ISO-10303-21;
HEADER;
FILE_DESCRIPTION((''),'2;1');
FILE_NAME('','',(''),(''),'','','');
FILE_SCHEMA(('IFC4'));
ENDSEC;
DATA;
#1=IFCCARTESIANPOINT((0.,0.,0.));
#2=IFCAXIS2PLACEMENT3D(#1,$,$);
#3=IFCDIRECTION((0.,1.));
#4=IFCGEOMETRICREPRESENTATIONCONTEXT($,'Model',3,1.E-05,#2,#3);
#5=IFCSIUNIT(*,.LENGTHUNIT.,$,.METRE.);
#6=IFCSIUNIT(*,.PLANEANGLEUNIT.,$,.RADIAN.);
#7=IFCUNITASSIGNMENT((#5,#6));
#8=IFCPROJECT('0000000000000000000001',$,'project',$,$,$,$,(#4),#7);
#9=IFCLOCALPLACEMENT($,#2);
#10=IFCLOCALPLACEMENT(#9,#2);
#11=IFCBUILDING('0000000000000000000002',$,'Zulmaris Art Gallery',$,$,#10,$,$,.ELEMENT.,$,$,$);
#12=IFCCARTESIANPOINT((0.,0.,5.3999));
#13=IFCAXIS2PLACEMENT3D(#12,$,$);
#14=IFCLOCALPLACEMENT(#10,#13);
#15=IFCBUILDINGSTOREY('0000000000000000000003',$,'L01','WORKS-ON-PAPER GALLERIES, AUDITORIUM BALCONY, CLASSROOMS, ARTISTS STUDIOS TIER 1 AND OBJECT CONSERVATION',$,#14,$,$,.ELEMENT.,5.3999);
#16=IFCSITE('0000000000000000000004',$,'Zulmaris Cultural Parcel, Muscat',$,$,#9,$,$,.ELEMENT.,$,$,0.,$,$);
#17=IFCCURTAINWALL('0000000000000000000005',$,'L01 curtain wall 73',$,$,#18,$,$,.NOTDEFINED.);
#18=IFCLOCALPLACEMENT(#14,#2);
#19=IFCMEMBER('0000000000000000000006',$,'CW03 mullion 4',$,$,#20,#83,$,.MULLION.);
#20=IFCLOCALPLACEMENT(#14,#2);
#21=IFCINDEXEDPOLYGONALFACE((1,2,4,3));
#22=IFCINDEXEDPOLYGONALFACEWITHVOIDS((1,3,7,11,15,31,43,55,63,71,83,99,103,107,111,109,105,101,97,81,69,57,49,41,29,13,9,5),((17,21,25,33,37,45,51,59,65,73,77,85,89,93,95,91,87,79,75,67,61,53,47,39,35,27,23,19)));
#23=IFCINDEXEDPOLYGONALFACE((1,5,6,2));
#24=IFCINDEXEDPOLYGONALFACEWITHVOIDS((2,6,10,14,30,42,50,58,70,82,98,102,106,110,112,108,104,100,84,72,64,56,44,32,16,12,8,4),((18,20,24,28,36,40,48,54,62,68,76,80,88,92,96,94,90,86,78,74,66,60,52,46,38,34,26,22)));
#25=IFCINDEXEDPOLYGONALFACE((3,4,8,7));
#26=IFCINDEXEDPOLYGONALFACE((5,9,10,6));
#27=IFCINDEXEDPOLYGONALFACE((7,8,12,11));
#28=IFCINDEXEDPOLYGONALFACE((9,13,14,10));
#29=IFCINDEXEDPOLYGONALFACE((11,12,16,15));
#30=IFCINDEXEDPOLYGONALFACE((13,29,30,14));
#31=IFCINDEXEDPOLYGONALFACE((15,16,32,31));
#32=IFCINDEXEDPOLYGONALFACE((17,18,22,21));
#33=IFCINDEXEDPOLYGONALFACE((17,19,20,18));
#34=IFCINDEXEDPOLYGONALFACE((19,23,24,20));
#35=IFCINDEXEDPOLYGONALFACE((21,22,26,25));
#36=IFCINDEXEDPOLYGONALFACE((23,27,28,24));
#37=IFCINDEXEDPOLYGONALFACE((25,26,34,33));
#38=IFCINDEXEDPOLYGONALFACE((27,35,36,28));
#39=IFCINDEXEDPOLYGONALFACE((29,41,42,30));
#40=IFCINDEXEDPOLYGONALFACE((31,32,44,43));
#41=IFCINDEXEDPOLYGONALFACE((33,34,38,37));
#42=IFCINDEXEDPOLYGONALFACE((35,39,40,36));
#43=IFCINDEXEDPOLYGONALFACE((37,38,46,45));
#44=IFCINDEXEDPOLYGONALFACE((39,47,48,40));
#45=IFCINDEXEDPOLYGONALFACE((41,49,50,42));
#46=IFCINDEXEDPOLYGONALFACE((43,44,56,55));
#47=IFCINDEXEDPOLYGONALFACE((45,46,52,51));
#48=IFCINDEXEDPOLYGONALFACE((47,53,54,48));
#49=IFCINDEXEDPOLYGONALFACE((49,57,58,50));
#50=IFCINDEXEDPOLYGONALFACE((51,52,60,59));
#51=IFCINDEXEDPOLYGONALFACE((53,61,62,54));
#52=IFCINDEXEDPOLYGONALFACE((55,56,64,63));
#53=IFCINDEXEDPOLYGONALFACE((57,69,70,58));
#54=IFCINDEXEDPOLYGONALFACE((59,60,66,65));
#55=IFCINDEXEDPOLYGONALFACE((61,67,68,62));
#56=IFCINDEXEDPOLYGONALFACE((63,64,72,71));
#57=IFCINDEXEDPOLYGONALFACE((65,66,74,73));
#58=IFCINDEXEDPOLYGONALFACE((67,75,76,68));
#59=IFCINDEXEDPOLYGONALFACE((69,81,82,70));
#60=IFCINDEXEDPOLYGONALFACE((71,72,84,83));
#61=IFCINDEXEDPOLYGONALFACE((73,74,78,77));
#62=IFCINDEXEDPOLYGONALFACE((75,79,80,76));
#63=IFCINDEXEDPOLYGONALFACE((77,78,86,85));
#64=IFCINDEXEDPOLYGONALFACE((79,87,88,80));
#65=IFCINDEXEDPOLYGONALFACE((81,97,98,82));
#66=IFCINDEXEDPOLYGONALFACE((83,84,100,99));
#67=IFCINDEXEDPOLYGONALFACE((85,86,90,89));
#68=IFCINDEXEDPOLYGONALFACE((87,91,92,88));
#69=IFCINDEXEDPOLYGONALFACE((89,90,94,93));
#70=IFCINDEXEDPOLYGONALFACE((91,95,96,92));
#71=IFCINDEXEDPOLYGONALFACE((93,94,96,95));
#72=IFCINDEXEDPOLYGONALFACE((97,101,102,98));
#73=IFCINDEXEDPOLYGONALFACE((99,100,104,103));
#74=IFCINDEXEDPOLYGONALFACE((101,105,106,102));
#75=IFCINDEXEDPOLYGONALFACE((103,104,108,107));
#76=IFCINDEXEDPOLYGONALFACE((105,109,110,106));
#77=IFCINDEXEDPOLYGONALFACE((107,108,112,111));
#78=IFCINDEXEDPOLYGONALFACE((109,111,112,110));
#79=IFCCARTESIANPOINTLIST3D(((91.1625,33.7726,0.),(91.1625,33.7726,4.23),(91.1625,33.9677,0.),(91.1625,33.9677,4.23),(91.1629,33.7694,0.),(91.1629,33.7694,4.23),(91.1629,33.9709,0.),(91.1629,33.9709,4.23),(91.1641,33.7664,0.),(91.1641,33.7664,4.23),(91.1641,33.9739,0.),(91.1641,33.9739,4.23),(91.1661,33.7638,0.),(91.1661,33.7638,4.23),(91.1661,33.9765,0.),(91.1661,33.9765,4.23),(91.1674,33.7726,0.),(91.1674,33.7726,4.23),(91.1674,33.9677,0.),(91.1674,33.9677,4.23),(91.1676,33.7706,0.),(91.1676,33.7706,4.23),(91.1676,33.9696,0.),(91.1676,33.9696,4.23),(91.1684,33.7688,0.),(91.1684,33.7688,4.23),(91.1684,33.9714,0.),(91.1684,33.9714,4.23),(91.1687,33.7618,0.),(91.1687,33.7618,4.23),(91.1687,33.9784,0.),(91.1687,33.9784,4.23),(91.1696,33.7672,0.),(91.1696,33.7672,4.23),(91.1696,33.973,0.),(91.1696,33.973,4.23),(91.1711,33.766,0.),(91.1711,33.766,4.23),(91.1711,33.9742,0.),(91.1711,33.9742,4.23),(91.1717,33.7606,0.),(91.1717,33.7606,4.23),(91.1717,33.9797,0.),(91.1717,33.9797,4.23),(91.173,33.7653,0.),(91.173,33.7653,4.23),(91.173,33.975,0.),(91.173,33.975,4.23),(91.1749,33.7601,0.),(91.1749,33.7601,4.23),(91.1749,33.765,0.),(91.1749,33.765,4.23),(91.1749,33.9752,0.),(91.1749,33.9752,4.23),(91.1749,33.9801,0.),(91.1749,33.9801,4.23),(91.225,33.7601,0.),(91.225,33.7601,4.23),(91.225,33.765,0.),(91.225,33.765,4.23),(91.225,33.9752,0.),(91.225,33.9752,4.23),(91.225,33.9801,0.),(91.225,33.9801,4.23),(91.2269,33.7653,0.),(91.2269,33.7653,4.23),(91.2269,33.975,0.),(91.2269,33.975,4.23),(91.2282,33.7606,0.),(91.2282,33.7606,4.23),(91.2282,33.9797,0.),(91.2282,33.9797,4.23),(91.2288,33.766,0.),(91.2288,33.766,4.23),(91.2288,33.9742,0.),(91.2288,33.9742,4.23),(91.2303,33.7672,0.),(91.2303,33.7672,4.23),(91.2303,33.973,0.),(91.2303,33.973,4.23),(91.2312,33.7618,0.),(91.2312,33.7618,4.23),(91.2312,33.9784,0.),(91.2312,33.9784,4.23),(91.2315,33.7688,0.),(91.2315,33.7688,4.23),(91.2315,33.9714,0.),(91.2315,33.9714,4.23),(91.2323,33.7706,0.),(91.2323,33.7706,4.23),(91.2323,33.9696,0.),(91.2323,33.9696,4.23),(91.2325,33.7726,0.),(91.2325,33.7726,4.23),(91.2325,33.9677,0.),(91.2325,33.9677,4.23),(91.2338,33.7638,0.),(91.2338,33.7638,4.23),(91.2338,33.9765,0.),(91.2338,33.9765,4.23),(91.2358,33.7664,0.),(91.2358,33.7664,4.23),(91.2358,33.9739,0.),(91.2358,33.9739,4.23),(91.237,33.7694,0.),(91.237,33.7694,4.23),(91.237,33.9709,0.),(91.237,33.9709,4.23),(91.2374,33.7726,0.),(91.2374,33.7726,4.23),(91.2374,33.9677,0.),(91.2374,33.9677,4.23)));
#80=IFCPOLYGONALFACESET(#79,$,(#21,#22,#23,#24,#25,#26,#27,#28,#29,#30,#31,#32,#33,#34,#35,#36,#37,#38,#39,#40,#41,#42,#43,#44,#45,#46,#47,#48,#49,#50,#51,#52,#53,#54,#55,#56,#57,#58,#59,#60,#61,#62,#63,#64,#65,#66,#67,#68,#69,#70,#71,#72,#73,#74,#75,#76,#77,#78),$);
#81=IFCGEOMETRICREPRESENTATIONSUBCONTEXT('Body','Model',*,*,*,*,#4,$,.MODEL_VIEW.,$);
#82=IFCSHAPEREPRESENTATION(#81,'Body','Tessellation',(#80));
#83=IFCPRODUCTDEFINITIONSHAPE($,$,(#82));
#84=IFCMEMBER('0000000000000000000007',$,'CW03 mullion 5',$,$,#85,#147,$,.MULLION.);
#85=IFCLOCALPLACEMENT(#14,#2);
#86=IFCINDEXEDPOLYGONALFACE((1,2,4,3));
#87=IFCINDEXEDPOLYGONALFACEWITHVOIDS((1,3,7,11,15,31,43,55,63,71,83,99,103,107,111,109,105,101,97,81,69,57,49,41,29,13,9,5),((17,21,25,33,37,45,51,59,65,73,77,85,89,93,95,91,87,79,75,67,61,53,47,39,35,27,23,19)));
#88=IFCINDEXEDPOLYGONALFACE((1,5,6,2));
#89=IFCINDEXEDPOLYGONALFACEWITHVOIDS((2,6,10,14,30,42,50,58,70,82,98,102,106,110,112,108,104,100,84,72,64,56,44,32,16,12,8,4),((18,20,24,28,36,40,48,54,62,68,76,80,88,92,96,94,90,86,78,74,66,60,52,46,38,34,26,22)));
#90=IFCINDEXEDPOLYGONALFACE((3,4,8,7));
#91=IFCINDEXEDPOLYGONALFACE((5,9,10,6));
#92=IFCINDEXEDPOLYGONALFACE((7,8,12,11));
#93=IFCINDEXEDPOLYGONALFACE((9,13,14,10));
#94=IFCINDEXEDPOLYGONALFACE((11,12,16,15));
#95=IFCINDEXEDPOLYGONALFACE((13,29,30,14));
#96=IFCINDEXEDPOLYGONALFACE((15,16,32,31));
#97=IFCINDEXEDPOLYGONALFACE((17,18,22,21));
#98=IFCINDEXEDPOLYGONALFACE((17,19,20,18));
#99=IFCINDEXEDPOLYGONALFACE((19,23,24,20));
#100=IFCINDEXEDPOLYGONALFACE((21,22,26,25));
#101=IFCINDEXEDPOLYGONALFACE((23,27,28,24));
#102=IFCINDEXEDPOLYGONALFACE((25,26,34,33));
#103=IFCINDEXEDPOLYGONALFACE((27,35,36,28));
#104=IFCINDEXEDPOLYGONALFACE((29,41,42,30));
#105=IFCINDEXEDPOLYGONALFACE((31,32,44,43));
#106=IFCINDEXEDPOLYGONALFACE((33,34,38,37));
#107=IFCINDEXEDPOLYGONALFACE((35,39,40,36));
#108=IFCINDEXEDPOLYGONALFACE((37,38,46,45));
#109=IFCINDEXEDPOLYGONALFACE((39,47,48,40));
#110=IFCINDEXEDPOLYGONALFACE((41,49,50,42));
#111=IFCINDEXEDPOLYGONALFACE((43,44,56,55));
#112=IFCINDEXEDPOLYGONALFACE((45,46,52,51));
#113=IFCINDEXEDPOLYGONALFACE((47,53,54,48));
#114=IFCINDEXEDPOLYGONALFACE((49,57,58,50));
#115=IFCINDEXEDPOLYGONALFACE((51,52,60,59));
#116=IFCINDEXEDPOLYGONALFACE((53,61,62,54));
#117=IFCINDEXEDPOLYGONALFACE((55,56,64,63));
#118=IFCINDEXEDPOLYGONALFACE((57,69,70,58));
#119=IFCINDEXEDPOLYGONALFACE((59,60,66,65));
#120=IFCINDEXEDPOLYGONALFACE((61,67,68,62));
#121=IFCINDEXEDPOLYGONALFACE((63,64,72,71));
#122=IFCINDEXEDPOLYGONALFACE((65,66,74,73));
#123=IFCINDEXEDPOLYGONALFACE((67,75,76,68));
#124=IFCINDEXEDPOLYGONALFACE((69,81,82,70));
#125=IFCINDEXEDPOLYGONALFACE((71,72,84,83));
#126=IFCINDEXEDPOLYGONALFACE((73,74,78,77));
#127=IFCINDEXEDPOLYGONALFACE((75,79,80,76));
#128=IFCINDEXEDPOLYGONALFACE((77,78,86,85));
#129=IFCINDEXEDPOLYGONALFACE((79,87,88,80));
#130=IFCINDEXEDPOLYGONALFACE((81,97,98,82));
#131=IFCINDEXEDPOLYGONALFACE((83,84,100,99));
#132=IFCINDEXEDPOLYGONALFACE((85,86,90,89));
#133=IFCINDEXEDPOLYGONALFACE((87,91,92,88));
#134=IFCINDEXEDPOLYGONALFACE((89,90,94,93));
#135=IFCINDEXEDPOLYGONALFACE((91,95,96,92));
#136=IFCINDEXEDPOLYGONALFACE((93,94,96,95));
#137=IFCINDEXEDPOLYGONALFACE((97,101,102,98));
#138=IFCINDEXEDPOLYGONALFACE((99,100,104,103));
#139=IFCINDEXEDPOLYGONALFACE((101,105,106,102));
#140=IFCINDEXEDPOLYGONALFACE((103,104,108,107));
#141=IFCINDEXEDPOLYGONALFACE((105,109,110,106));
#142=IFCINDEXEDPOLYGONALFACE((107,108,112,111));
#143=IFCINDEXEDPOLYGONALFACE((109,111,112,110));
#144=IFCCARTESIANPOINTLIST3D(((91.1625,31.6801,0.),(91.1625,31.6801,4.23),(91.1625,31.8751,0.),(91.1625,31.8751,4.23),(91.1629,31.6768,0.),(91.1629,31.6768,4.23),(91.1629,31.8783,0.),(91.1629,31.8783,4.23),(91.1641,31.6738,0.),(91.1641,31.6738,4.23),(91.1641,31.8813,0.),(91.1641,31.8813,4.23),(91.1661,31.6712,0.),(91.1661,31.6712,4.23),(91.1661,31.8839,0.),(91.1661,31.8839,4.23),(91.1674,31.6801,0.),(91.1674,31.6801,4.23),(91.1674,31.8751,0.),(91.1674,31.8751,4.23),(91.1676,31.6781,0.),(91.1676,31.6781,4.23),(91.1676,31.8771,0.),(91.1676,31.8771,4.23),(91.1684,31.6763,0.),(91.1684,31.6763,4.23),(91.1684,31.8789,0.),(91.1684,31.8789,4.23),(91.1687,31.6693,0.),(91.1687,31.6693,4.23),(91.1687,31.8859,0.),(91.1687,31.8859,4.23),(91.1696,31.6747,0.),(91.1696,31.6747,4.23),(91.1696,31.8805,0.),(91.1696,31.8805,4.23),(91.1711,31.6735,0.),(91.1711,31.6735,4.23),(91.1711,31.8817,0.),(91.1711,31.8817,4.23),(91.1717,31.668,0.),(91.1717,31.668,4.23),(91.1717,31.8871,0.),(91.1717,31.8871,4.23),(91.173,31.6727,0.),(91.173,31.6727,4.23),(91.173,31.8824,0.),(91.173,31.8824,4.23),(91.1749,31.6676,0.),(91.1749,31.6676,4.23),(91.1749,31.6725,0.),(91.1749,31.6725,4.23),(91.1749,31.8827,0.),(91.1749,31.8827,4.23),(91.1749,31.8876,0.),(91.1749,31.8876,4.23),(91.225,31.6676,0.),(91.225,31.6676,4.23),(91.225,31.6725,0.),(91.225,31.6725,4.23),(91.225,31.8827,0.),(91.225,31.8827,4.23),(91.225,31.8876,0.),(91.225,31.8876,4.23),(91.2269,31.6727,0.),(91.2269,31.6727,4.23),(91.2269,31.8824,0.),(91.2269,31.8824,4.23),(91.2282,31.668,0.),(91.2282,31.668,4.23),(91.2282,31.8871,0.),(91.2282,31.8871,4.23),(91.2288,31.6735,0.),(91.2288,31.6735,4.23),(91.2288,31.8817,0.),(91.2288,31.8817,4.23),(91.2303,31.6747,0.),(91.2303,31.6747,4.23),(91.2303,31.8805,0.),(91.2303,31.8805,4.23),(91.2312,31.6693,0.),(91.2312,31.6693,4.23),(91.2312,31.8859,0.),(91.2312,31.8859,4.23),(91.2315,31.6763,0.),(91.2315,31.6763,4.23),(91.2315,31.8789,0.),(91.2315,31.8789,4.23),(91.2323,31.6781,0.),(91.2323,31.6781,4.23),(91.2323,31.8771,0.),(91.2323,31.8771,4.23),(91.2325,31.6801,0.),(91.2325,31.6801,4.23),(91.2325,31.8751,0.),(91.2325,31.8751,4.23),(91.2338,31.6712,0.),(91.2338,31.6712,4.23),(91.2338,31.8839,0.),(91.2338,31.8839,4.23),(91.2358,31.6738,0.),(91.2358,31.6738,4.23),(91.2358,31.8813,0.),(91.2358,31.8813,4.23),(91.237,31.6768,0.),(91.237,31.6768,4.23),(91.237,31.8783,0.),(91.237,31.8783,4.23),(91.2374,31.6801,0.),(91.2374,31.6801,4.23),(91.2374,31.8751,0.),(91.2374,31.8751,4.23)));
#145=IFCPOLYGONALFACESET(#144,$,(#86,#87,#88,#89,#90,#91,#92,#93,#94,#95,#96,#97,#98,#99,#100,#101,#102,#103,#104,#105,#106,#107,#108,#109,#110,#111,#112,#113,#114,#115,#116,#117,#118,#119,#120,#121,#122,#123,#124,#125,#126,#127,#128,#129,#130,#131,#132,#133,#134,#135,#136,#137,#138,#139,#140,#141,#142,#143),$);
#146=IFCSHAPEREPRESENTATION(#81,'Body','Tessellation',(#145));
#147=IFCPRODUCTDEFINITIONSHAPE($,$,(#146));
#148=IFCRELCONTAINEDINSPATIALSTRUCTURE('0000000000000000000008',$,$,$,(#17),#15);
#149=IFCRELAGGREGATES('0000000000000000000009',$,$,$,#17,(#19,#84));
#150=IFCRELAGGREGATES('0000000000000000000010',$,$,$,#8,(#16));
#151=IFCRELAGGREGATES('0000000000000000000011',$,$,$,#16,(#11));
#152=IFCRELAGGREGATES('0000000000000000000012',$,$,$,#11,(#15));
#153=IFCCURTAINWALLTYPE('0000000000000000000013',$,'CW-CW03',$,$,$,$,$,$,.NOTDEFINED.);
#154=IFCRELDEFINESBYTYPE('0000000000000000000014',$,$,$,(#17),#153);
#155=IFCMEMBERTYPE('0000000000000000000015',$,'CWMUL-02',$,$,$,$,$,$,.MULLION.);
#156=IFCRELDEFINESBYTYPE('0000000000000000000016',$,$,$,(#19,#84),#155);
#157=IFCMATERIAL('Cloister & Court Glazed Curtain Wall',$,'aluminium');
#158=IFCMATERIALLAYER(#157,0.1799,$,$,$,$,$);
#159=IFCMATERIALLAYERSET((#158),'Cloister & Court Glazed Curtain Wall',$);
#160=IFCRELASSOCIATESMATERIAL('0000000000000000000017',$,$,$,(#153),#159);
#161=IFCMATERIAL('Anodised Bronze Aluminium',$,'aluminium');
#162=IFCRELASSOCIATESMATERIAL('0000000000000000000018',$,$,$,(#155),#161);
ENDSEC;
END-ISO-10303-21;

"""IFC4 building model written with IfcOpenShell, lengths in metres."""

from ifc_helpers import new_model, si_unit, direction, frame, origin, origin_2d, place, context, subcontext, project, spatial, hollow_rectangle, extrude, material, layer, layer_set, material_profile, profile_set, type_object, element, aggregate, save


model = new_model("IFC4")

# Units and contexts
model_context = context("Model", 3, precision=1e-05, world=origin(), true_north=direction((0.0, 1.0)))
body_context = subcontext(model_context, "Body", "Model", "MODEL_VIEW")
ifc_project = project(units=[si_unit("LENGTHUNIT", "METRE"), si_unit("PLANEANGLEUNIT", "RADIAN")], contexts=[model_context])

# Site, building, storey
site_placement = place(None, origin())
site = spatial("IfcSite", under=ifc_project, at=site_placement, Name="Zulmaris Cultural Parcel, Muscat", CompositionType="ELEMENT", RefElevation=0.0)
building_placement = place(site_placement, origin())
building = spatial("IfcBuilding", under=site, at=building_placement, Name="Zulmaris Art Gallery", CompositionType="ELEMENT")
storey_placement = place(building_placement, frame((0.0, 0.0, 5.3999)))
storey = spatial("IfcBuildingStorey", under=building, at=storey_placement, Name="L01", Description="WORKS-ON-PAPER GALLERIES, AUDITORIUM BALCONY, CLASSROOMS, ARTISTS STUDIOS TIER 1 AND OBJECT CONSERVATION", CompositionType="ELEMENT", Elevation=5.3999)

# Shared definitions
ifc_material_1 = material(Name="Cloister & Court Glazed Curtain Wall", Category="aluminium")
ifc_layer_1 = layer(ifc_material_1, 0.1799)
ifc_layer_set_1 = layer_set([ifc_layer_1], Name="Cloister & Court Glazed Curtain Wall")
curtain_wall_type = type_object("IfcCurtainWallType", Name="CW-CW03", PredefinedType="NOTDEFINED", material=ifc_layer_set_1)
ifc_material_2 = material(Name="Anodised Bronze Aluminium", Category="aluminium")
ifc_material_profile_1 = material_profile(ifc_material_2, hollow_rectangle(XDim=0.075, YDim=0.22, WallThickness=0.0049, InnerFilletRadius=0.0076, OuterFilletRadius=0.0125, at=origin_2d()), Name="ALU 75x220x5")
ifc_profile_set_1 = profile_set([ifc_material_profile_1], Name="Anodised Bronze Aluminium")
member_type_1 = type_object("IfcMemberType", Name="CWMUL-02", PredefinedType="MULLION", material=ifc_profile_set_1)

# Curtain wall, members
curtain_wall_1_placement = place(storey_placement, origin())
curtain_wall_1 = element("IfcCurtainWall", 1, at=curtain_wall_1_placement, inside=storey, type_object=curtain_wall_type, Name="L01 curtain wall 73", PredefinedType="NOTDEFINED")
member_1_placement = place(storey_placement, frame((91.2, 33.8701, 0.0), z_axis=(0.0, 0.0, 1.0), x_axis=(1.0, 0.0, 0.0)))
member_1 = element("IfcMember", 2, at=member_1_placement, type_object=member_type_1, Name="CW03 mullion 4", PredefinedType="MULLION", context=body_context, shape_type="SweptSolid", body=[
    extrude(hollow_rectangle(XDim=0.075, YDim=0.22, WallThickness=0.0049, InnerFilletRadius=0.0076, OuterFilletRadius=0.0125, at=origin_2d()), origin(), (0.0, 0.0, 1.0), 4.23),
])
member_2_placement = place(storey_placement, frame((91.2, 31.7776, 0.0), z_axis=(0.0, 0.0, 1.0), x_axis=(1.0, 0.0, 0.0)))
member_2 = element("IfcMember", 3, at=member_2_placement, type_object=member_type_1, Name="CW03 mullion 5", PredefinedType="MULLION", context=body_context, shape_type="SweptSolid", body=[
    extrude(hollow_rectangle(XDim=0.075, YDim=0.22, WallThickness=0.0049, InnerFilletRadius=0.0076, OuterFilletRadius=0.0125, at=origin_2d()), origin(), (0.0, 0.0, 1.0), 4.23),
])

aggregate(curtain_wall_1, [member_1, member_2])

save(model, "model.ifc")
